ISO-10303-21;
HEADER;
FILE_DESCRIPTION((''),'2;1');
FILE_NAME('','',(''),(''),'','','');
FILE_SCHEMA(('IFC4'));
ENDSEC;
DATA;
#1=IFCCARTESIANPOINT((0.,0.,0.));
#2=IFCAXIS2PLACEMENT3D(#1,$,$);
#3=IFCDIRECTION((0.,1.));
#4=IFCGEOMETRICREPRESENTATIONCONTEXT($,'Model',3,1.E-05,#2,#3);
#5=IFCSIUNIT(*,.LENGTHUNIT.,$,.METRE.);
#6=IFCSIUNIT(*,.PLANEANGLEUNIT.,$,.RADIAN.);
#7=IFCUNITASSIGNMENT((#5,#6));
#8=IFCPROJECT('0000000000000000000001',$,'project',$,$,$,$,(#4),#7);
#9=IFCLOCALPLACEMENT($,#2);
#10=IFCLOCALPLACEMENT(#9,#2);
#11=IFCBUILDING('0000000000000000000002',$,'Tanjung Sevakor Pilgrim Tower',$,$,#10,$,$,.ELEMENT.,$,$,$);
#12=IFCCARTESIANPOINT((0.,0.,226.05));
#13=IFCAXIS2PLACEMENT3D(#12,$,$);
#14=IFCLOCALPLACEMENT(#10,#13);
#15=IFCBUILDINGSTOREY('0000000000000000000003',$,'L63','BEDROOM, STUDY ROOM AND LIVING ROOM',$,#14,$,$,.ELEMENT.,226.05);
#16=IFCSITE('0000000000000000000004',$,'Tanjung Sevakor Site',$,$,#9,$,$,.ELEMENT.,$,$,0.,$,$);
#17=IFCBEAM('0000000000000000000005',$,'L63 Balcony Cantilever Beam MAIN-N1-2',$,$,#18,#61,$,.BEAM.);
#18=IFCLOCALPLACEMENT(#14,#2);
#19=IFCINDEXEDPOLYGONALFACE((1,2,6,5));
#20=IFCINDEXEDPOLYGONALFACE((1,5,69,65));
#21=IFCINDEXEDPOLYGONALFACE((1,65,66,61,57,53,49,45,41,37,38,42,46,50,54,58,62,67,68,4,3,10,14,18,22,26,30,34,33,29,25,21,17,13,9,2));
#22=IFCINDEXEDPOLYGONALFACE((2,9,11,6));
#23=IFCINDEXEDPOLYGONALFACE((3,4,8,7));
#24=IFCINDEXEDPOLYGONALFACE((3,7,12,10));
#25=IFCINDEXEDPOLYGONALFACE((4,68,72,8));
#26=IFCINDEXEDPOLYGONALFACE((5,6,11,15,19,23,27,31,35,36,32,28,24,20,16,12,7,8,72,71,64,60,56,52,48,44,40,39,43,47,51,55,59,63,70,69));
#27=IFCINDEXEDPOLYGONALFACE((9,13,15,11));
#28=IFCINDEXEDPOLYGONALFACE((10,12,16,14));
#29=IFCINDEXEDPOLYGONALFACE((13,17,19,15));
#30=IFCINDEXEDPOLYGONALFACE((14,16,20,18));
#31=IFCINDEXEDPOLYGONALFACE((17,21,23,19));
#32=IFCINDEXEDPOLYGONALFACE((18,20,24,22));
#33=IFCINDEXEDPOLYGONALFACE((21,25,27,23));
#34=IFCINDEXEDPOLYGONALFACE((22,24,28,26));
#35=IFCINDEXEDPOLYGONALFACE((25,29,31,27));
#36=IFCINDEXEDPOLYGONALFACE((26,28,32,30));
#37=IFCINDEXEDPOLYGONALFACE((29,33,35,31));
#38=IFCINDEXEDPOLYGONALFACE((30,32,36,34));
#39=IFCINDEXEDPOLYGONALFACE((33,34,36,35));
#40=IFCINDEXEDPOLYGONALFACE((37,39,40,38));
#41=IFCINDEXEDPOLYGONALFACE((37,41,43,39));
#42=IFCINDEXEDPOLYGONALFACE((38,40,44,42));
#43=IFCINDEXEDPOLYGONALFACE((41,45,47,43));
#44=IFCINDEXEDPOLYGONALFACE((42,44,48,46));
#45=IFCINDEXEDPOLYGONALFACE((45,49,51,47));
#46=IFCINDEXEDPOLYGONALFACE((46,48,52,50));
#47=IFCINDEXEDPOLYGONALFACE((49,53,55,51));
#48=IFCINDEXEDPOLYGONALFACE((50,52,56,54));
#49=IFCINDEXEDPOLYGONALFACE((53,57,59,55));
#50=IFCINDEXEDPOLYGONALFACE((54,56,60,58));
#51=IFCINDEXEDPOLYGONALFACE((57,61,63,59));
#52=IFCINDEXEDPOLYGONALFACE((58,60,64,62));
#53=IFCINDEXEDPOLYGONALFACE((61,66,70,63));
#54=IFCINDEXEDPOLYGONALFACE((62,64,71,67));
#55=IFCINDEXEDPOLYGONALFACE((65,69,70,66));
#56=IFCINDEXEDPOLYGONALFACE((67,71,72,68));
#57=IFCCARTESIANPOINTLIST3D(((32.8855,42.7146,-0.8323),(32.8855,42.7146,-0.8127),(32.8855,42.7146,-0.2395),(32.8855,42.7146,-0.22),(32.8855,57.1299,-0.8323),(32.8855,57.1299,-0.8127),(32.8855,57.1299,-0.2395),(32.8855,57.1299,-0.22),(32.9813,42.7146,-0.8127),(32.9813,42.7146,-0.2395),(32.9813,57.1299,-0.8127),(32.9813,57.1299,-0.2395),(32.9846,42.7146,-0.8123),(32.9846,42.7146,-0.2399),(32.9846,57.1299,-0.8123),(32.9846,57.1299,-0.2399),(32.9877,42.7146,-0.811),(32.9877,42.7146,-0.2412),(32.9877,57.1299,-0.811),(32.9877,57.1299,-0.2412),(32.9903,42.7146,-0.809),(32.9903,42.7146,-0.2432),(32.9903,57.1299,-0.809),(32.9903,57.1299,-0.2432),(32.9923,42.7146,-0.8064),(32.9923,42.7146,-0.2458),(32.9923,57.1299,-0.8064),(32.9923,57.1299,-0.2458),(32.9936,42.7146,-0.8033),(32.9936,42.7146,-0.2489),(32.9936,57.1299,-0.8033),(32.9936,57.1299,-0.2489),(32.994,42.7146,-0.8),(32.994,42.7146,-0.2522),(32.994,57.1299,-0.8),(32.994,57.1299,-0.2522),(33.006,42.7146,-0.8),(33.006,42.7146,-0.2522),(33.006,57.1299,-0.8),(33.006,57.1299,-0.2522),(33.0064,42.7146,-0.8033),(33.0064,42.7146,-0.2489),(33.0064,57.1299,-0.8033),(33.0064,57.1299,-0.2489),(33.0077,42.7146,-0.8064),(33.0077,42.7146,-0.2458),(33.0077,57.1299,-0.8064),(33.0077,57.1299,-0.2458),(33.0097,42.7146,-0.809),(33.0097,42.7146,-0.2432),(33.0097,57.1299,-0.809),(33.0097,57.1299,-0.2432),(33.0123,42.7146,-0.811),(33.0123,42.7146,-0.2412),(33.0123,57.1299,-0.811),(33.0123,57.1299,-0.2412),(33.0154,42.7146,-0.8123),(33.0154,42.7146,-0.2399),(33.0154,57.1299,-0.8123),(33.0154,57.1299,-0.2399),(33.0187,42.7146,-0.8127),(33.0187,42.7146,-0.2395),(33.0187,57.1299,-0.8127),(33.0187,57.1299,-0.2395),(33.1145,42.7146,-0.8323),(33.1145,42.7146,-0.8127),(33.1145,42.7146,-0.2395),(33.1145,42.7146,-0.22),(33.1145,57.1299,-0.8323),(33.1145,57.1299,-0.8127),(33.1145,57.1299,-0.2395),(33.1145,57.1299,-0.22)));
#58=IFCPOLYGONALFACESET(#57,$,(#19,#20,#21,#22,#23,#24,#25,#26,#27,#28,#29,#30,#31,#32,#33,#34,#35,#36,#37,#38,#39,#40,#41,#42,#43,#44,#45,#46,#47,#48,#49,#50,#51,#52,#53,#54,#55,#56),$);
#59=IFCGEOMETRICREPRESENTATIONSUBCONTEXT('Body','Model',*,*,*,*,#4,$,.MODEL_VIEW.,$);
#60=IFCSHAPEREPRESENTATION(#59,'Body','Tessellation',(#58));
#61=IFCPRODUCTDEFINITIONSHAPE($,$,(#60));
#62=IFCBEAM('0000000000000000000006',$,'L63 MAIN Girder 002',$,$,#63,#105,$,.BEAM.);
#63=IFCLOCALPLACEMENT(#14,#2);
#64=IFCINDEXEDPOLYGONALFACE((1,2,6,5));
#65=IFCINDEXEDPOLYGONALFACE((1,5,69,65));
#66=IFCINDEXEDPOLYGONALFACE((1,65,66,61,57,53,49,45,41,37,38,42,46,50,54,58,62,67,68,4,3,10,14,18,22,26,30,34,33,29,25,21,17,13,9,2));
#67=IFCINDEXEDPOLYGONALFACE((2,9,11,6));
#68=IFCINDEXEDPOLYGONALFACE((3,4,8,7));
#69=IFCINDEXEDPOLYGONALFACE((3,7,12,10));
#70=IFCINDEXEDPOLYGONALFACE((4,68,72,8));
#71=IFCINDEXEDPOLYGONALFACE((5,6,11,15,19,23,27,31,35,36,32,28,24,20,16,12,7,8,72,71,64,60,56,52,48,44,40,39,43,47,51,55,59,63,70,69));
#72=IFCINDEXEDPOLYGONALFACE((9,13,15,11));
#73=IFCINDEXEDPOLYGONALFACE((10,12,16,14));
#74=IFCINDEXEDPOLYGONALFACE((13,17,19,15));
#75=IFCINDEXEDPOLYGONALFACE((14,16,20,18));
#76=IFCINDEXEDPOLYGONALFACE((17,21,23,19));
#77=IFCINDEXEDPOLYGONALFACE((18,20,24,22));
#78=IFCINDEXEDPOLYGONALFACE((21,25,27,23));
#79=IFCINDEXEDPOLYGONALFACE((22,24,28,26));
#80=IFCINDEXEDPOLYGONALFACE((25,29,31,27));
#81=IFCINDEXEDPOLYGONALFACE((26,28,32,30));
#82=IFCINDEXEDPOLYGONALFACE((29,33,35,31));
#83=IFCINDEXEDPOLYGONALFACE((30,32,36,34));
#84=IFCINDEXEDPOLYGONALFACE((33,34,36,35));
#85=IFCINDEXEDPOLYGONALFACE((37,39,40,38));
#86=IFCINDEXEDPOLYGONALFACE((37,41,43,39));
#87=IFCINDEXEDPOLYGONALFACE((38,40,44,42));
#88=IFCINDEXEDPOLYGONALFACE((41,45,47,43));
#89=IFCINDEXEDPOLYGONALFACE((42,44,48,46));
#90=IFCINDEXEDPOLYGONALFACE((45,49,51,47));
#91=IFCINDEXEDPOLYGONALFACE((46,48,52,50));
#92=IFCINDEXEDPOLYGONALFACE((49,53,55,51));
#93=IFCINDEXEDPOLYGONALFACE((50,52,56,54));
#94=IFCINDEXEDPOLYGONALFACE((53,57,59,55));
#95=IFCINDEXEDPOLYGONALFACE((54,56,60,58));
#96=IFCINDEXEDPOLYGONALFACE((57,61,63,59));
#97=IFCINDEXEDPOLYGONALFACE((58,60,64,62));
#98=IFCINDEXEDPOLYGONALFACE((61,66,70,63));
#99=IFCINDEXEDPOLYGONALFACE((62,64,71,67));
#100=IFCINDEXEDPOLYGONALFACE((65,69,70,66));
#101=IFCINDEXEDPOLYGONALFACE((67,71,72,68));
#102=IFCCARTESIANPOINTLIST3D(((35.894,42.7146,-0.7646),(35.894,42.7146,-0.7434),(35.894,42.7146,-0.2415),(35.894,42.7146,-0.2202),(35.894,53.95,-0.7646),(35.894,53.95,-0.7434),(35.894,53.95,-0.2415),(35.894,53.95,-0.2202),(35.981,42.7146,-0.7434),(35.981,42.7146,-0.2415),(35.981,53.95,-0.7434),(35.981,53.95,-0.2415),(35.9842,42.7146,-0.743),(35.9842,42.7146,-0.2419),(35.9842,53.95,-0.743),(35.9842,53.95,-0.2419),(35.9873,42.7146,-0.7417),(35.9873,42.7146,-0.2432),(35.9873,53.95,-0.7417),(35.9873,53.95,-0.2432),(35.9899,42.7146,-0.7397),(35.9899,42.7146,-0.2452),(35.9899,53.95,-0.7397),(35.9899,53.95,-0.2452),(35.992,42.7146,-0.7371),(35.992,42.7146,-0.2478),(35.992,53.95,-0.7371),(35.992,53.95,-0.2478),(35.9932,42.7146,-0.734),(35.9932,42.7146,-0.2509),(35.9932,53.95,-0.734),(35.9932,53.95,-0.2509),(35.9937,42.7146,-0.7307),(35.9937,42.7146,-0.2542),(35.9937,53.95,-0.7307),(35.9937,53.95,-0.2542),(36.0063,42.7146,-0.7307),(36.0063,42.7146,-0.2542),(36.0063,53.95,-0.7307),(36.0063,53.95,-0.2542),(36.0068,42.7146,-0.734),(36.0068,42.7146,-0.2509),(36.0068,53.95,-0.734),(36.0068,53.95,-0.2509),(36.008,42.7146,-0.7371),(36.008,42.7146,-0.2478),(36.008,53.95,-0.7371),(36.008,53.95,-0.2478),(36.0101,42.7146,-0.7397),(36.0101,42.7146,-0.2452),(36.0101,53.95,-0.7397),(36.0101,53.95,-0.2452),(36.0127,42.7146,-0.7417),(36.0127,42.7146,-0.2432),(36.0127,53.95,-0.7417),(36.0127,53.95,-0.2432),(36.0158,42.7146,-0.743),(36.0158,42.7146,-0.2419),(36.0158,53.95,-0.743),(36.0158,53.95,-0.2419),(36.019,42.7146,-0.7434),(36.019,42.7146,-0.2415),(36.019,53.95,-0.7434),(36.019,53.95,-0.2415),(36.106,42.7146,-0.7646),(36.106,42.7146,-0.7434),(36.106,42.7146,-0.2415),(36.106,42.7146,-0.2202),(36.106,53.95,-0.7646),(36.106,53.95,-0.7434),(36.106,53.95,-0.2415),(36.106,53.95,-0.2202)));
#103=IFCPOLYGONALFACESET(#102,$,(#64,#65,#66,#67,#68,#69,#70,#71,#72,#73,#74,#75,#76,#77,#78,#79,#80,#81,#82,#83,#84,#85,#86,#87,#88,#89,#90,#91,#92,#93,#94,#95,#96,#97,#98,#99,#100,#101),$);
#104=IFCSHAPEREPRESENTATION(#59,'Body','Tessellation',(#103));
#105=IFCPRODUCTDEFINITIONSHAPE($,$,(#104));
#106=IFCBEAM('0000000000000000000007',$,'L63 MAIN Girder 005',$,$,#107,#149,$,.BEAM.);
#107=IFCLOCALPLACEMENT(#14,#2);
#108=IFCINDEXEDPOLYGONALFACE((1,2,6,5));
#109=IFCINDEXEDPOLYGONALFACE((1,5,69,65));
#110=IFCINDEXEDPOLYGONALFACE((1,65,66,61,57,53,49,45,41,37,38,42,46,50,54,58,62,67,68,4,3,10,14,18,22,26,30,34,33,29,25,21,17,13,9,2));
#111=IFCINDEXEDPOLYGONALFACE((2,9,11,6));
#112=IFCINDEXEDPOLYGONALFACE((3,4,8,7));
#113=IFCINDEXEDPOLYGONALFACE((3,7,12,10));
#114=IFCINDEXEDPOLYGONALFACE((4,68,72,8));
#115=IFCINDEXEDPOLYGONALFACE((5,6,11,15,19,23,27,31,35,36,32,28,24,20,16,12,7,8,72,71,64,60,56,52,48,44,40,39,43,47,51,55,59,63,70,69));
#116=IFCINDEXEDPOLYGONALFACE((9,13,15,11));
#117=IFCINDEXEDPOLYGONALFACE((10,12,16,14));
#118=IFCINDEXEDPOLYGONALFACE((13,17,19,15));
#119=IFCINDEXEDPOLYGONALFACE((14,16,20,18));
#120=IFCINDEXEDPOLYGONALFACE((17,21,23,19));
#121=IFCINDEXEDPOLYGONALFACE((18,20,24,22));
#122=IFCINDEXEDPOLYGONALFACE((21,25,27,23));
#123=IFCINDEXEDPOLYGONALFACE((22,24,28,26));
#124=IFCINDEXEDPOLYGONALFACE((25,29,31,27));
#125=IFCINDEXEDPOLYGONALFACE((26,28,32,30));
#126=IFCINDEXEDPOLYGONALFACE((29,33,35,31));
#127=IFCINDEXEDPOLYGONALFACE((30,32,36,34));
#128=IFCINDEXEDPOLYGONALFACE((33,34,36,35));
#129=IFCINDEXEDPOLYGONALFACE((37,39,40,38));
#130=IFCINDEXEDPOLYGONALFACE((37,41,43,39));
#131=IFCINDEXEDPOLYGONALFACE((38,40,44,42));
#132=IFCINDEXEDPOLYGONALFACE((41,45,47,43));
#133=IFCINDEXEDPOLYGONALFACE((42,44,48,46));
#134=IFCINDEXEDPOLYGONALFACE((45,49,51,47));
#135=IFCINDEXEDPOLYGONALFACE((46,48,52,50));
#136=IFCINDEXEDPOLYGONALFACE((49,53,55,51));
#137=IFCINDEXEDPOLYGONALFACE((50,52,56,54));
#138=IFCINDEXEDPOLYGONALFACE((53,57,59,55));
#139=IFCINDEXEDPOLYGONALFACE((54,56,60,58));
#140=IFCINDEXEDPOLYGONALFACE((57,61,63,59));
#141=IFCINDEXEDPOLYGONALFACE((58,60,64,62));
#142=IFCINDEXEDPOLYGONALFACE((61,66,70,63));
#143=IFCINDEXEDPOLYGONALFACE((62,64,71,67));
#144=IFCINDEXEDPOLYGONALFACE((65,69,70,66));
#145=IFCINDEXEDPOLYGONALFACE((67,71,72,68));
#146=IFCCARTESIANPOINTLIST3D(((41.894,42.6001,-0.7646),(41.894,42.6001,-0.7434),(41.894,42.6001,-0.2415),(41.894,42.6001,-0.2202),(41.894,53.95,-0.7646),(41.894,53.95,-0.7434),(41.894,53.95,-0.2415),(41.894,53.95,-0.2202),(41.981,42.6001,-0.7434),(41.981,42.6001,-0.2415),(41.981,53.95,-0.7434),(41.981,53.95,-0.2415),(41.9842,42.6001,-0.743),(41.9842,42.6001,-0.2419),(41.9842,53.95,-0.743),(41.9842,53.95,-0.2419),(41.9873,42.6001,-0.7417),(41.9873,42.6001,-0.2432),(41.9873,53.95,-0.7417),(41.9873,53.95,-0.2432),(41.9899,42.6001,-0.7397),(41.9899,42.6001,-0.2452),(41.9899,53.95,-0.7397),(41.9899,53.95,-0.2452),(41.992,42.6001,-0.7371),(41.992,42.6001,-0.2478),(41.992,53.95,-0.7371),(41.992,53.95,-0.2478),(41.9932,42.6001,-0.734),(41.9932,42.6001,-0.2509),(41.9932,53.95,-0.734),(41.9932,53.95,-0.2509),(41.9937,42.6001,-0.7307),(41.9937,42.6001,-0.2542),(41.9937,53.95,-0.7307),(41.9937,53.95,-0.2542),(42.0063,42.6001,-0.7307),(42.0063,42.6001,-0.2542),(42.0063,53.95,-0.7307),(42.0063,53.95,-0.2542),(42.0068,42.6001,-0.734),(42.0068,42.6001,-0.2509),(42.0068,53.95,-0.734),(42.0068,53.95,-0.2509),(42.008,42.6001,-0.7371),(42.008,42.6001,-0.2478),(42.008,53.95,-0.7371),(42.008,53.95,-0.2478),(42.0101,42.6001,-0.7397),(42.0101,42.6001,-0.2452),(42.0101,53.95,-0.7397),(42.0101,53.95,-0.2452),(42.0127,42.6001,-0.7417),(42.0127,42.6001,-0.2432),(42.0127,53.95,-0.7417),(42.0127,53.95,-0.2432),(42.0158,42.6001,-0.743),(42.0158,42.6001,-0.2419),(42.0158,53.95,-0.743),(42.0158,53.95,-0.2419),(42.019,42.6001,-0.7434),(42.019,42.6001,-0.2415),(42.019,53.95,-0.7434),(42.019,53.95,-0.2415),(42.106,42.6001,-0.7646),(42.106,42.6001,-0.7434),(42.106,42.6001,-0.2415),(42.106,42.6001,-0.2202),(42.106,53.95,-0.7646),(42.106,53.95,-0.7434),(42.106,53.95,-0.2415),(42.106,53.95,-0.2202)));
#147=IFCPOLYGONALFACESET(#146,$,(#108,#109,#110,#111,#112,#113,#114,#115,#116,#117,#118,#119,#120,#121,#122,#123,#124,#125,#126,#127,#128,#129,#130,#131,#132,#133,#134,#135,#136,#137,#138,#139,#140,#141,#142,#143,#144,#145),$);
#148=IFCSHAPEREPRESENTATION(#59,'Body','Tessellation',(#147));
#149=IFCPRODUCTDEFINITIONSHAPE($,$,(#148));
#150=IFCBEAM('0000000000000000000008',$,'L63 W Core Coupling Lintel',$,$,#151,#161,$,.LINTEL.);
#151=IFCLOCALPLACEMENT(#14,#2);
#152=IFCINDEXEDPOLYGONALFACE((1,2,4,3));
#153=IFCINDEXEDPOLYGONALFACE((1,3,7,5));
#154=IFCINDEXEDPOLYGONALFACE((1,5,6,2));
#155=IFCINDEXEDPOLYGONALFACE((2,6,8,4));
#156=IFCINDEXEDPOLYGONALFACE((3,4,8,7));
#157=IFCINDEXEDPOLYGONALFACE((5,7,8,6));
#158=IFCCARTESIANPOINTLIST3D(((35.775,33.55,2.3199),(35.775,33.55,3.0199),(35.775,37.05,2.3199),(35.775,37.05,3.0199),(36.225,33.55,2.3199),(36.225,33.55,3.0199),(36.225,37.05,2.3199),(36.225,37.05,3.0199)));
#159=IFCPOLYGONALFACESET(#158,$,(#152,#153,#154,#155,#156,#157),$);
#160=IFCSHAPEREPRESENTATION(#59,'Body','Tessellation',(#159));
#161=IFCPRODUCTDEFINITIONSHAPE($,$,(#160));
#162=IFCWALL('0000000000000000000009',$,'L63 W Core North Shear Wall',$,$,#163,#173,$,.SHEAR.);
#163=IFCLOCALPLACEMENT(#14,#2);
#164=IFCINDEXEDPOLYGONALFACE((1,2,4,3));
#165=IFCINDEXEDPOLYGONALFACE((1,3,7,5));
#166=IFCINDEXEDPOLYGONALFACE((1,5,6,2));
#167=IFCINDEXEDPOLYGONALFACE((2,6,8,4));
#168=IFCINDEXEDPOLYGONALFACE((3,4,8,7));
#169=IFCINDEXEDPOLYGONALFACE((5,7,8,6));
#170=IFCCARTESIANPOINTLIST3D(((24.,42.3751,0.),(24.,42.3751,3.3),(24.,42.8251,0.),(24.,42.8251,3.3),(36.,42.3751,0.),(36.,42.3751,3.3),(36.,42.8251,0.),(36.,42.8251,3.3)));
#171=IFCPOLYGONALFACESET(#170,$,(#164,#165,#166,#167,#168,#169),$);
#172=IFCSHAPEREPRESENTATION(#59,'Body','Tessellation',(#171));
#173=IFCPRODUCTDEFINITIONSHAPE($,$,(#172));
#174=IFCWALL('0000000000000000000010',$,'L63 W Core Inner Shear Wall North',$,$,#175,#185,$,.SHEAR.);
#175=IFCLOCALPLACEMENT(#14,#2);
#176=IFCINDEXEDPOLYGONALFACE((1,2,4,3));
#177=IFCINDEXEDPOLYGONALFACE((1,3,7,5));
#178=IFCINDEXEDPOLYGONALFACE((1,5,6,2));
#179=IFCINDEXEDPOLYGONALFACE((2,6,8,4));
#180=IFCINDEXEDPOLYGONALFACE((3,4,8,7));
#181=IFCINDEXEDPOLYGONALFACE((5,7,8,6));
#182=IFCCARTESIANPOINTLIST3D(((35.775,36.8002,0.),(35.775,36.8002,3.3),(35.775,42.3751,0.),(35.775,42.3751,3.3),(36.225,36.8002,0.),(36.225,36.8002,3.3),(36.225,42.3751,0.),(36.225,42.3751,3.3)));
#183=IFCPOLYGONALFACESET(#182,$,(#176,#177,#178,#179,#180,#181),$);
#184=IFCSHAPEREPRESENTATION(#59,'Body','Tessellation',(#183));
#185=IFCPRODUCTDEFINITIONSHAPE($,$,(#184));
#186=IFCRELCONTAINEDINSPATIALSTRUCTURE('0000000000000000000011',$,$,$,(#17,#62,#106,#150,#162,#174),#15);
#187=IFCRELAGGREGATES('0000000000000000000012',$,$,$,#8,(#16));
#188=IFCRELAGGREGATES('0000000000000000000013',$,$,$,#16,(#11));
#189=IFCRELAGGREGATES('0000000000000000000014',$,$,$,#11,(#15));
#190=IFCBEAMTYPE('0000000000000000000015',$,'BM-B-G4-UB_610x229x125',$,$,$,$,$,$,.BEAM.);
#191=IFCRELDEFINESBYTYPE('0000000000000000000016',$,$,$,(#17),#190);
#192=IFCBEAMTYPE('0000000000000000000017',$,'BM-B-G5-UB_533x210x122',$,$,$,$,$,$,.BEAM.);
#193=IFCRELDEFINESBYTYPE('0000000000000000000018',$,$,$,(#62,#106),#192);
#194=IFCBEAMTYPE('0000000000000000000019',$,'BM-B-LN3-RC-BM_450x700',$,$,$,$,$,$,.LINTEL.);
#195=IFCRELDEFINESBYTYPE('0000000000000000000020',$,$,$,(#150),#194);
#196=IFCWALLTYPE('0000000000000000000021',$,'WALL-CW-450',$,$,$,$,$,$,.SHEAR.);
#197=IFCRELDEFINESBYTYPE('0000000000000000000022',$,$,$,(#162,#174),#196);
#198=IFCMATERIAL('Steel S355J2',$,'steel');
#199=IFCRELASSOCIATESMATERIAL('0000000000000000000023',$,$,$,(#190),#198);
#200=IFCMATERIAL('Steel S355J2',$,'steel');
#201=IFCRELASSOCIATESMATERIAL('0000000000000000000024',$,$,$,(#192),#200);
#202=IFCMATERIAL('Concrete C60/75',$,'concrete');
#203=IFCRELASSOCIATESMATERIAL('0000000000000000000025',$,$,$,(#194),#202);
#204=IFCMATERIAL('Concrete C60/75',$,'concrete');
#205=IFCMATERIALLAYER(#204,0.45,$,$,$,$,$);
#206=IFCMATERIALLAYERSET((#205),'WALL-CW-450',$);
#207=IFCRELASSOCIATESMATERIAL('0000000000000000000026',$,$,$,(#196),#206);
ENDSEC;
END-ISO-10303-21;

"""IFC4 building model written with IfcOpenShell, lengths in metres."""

from ifc_helpers import new_model, si_unit, direction, frame, frame_2d, origin, origin_2d, place, context, subcontext, project, spatial, rectangle, i_section, extrude, material, layer, layer_set, material_profile, profile_set, type_object, element, save


model = new_model("IFC4")

# Units and contexts
model_context = context("Model", 3, precision=1e-05, world=origin(), true_north=direction((0.0, 1.0)))
body_context = subcontext(model_context, "Body", "Model", "MODEL_VIEW")
ifc_project = project(units=[si_unit("LENGTHUNIT", "METRE"), si_unit("PLANEANGLEUNIT", "RADIAN")], contexts=[model_context])

# Site, building, storey
site_placement = place(None, origin())
site = spatial("IfcSite", under=ifc_project, at=site_placement, Name="Tanjung Sevakor Site", CompositionType="ELEMENT", RefElevation=0.0)
building_placement = place(site_placement, origin())
building = spatial("IfcBuilding", under=site, at=building_placement, Name="Tanjung Sevakor Pilgrim Tower", CompositionType="ELEMENT")
storey_placement = place(building_placement, frame((0.0, 0.0, 226.05)))
storey = spatial("IfcBuildingStorey", under=building, at=storey_placement, Name="L63", Description="BEDROOM, STUDY ROOM AND LIVING ROOM", CompositionType="ELEMENT", Elevation=226.05)

# Beams
ifc_material_1 = material(Name="Steel S355J2", Category="steel")
ifc_material_profile_1 = material_profile(ifc_material_1, i_section(OverallWidth=0.229, OverallDepth=0.6123, WebThickness=0.012, FlangeThickness=0.0195, FilletRadius=0.0127, at=origin_2d()))
ifc_profile_set_1 = profile_set([ifc_material_profile_1], Name="Steel S355J2")
beam_type_1 = type_object("IfcBeamType", Name="BM-B-G4-UB_610x229x125", PredefinedType="BEAM", material=ifc_profile_set_1)
beam_1_placement = place(storey_placement, frame((33.0, 42.7146, -0.5261), z_axis=(0.0, 1.0, 0.0), x_axis=(-1.0, 0.0, 0.0)))
element("IfcBeam", 1, at=beam_1_placement, inside=storey, type_object=beam_type_1, Name="L63 Balcony Cantilever Beam MAIN-N1-2", PredefinedType="BEAM", context=body_context, shape_type="SweptSolid", body=[
    extrude(i_section(OverallWidth=0.229, OverallDepth=0.6123, WebThickness=0.012, FlangeThickness=0.0195, FilletRadius=0.0127, at=origin_2d()), origin(), (0.0, 0.0, 1.0), 14.4153),
])
ifc_material_2 = material(Name="Steel S355J2", Category="steel")
ifc_material_profile_2 = material_profile(ifc_material_2, i_section(OverallWidth=0.2119, OverallDepth=0.5444, WebThickness=0.0127, FlangeThickness=0.0212, FilletRadius=0.0127, at=origin_2d()))
ifc_profile_set_2 = profile_set([ifc_material_profile_2], Name="Steel S355J2")
beam_type_2 = type_object("IfcBeamType", Name="BM-B-G5-UB_533x210x122", PredefinedType="BEAM", material=ifc_profile_set_2)
beam_2_placement = place(storey_placement, frame((36.0, 42.7146, -0.4924), z_axis=(0.0, 1.0, 0.0), x_axis=(-1.0, 0.0, 0.0)))
element("IfcBeam", 2, at=beam_2_placement, inside=storey, type_object=beam_type_2, Name="L63 MAIN Girder 002", PredefinedType="BEAM", context=body_context, shape_type="SweptSolid", body=[
    extrude(i_section(OverallWidth=0.2119, OverallDepth=0.5444, WebThickness=0.0127, FlangeThickness=0.0212, FilletRadius=0.0127, at=origin_2d()), origin(), (0.0, 0.0, 1.0), 11.2354),
])
beam_3_placement = place(storey_placement, frame((42.0, 42.6001, -0.4924), z_axis=(0.0, 1.0, 0.0), x_axis=(-1.0, 0.0, 0.0)))
element("IfcBeam", 3, at=beam_3_placement, inside=storey, type_object=beam_type_2, Name="L63 MAIN Girder 005", PredefinedType="BEAM", context=body_context, shape_type="SweptSolid", body=[
    extrude(i_section(OverallWidth=0.2119, OverallDepth=0.5444, WebThickness=0.0127, FlangeThickness=0.0212, FilletRadius=0.0127, at=origin_2d()), origin(), (0.0, 0.0, 1.0), 11.3499),
])
ifc_material_3 = material(Name="Concrete C60/75", Category="concrete")
ifc_material_profile_3 = material_profile(ifc_material_3, rectangle(XDim=0.45, YDim=0.7, at=origin_2d()))
ifc_profile_set_3 = profile_set([ifc_material_profile_3], Name="Concrete C60/75")
beam_type_3 = type_object("IfcBeamType", Name="BM-B-LN3-RC-BM_450x700", PredefinedType="LINTEL", material=ifc_profile_set_3)
beam_4_placement = place(storey_placement, frame((36.0, 33.55, 2.6699), z_axis=(0.0, 1.0, 0.0), x_axis=(-1.0, 0.0, 0.0)))
element("IfcBeam", 4, at=beam_4_placement, inside=storey, type_object=beam_type_3, Name="L63 W Core Coupling Lintel", PredefinedType="LINTEL", context=body_context, shape_type="SweptSolid", body=[
    extrude(rectangle(XDim=0.45, YDim=0.7, at=origin_2d()), origin(), (0.0, 0.0, 1.0), 3.5),
])

# Walls
ifc_material_4 = material(Name="Concrete C60/75", Category="concrete")
ifc_layer_1 = layer(ifc_material_4, 0.45)
ifc_layer_set_1 = layer_set([ifc_layer_1], Name="WALL-CW-450")
wall_type_1 = type_object("IfcWallType", Name="WALL-CW-450", PredefinedType="SHEAR", material=ifc_layer_set_1)
wall_1_placement = place(storey_placement, frame((36.0, 42.6001, 0.0), z_axis=(0.0, 0.0, 1.0), x_axis=(-1.0, 0.0, 0.0)))
element("IfcWall", 5, at=wall_1_placement, inside=storey, type_object=wall_type_1, Name="L63 W Core North Shear Wall", PredefinedType="SHEAR", context=body_context, shape_type="SweptSolid", body=[
    extrude(rectangle(XDim=12.0, YDim=0.45, at=frame_2d((6.0, 0.0))), origin(), (0.0, 0.0, 1.0), 3.3),
])
wall_2_placement = place(storey_placement, frame((36.0, 36.8, 0.0), z_axis=(0.0, 0.0, 1.0), x_axis=(0.0, 1.0, 0.0)))
element("IfcWall", 6, at=wall_2_placement, inside=storey, type_object=wall_type_1, Name="L63 W Core Inner Shear Wall North", PredefinedType="SHEAR", context=body_context, shape_type="SweptSolid", body=[
    extrude(rectangle(XDim=5.575, YDim=0.45, at=frame_2d((2.7876, 0.0))), origin(), (0.0, 0.0, 1.0), 3.3),
])

save(model, "model.ifc")
